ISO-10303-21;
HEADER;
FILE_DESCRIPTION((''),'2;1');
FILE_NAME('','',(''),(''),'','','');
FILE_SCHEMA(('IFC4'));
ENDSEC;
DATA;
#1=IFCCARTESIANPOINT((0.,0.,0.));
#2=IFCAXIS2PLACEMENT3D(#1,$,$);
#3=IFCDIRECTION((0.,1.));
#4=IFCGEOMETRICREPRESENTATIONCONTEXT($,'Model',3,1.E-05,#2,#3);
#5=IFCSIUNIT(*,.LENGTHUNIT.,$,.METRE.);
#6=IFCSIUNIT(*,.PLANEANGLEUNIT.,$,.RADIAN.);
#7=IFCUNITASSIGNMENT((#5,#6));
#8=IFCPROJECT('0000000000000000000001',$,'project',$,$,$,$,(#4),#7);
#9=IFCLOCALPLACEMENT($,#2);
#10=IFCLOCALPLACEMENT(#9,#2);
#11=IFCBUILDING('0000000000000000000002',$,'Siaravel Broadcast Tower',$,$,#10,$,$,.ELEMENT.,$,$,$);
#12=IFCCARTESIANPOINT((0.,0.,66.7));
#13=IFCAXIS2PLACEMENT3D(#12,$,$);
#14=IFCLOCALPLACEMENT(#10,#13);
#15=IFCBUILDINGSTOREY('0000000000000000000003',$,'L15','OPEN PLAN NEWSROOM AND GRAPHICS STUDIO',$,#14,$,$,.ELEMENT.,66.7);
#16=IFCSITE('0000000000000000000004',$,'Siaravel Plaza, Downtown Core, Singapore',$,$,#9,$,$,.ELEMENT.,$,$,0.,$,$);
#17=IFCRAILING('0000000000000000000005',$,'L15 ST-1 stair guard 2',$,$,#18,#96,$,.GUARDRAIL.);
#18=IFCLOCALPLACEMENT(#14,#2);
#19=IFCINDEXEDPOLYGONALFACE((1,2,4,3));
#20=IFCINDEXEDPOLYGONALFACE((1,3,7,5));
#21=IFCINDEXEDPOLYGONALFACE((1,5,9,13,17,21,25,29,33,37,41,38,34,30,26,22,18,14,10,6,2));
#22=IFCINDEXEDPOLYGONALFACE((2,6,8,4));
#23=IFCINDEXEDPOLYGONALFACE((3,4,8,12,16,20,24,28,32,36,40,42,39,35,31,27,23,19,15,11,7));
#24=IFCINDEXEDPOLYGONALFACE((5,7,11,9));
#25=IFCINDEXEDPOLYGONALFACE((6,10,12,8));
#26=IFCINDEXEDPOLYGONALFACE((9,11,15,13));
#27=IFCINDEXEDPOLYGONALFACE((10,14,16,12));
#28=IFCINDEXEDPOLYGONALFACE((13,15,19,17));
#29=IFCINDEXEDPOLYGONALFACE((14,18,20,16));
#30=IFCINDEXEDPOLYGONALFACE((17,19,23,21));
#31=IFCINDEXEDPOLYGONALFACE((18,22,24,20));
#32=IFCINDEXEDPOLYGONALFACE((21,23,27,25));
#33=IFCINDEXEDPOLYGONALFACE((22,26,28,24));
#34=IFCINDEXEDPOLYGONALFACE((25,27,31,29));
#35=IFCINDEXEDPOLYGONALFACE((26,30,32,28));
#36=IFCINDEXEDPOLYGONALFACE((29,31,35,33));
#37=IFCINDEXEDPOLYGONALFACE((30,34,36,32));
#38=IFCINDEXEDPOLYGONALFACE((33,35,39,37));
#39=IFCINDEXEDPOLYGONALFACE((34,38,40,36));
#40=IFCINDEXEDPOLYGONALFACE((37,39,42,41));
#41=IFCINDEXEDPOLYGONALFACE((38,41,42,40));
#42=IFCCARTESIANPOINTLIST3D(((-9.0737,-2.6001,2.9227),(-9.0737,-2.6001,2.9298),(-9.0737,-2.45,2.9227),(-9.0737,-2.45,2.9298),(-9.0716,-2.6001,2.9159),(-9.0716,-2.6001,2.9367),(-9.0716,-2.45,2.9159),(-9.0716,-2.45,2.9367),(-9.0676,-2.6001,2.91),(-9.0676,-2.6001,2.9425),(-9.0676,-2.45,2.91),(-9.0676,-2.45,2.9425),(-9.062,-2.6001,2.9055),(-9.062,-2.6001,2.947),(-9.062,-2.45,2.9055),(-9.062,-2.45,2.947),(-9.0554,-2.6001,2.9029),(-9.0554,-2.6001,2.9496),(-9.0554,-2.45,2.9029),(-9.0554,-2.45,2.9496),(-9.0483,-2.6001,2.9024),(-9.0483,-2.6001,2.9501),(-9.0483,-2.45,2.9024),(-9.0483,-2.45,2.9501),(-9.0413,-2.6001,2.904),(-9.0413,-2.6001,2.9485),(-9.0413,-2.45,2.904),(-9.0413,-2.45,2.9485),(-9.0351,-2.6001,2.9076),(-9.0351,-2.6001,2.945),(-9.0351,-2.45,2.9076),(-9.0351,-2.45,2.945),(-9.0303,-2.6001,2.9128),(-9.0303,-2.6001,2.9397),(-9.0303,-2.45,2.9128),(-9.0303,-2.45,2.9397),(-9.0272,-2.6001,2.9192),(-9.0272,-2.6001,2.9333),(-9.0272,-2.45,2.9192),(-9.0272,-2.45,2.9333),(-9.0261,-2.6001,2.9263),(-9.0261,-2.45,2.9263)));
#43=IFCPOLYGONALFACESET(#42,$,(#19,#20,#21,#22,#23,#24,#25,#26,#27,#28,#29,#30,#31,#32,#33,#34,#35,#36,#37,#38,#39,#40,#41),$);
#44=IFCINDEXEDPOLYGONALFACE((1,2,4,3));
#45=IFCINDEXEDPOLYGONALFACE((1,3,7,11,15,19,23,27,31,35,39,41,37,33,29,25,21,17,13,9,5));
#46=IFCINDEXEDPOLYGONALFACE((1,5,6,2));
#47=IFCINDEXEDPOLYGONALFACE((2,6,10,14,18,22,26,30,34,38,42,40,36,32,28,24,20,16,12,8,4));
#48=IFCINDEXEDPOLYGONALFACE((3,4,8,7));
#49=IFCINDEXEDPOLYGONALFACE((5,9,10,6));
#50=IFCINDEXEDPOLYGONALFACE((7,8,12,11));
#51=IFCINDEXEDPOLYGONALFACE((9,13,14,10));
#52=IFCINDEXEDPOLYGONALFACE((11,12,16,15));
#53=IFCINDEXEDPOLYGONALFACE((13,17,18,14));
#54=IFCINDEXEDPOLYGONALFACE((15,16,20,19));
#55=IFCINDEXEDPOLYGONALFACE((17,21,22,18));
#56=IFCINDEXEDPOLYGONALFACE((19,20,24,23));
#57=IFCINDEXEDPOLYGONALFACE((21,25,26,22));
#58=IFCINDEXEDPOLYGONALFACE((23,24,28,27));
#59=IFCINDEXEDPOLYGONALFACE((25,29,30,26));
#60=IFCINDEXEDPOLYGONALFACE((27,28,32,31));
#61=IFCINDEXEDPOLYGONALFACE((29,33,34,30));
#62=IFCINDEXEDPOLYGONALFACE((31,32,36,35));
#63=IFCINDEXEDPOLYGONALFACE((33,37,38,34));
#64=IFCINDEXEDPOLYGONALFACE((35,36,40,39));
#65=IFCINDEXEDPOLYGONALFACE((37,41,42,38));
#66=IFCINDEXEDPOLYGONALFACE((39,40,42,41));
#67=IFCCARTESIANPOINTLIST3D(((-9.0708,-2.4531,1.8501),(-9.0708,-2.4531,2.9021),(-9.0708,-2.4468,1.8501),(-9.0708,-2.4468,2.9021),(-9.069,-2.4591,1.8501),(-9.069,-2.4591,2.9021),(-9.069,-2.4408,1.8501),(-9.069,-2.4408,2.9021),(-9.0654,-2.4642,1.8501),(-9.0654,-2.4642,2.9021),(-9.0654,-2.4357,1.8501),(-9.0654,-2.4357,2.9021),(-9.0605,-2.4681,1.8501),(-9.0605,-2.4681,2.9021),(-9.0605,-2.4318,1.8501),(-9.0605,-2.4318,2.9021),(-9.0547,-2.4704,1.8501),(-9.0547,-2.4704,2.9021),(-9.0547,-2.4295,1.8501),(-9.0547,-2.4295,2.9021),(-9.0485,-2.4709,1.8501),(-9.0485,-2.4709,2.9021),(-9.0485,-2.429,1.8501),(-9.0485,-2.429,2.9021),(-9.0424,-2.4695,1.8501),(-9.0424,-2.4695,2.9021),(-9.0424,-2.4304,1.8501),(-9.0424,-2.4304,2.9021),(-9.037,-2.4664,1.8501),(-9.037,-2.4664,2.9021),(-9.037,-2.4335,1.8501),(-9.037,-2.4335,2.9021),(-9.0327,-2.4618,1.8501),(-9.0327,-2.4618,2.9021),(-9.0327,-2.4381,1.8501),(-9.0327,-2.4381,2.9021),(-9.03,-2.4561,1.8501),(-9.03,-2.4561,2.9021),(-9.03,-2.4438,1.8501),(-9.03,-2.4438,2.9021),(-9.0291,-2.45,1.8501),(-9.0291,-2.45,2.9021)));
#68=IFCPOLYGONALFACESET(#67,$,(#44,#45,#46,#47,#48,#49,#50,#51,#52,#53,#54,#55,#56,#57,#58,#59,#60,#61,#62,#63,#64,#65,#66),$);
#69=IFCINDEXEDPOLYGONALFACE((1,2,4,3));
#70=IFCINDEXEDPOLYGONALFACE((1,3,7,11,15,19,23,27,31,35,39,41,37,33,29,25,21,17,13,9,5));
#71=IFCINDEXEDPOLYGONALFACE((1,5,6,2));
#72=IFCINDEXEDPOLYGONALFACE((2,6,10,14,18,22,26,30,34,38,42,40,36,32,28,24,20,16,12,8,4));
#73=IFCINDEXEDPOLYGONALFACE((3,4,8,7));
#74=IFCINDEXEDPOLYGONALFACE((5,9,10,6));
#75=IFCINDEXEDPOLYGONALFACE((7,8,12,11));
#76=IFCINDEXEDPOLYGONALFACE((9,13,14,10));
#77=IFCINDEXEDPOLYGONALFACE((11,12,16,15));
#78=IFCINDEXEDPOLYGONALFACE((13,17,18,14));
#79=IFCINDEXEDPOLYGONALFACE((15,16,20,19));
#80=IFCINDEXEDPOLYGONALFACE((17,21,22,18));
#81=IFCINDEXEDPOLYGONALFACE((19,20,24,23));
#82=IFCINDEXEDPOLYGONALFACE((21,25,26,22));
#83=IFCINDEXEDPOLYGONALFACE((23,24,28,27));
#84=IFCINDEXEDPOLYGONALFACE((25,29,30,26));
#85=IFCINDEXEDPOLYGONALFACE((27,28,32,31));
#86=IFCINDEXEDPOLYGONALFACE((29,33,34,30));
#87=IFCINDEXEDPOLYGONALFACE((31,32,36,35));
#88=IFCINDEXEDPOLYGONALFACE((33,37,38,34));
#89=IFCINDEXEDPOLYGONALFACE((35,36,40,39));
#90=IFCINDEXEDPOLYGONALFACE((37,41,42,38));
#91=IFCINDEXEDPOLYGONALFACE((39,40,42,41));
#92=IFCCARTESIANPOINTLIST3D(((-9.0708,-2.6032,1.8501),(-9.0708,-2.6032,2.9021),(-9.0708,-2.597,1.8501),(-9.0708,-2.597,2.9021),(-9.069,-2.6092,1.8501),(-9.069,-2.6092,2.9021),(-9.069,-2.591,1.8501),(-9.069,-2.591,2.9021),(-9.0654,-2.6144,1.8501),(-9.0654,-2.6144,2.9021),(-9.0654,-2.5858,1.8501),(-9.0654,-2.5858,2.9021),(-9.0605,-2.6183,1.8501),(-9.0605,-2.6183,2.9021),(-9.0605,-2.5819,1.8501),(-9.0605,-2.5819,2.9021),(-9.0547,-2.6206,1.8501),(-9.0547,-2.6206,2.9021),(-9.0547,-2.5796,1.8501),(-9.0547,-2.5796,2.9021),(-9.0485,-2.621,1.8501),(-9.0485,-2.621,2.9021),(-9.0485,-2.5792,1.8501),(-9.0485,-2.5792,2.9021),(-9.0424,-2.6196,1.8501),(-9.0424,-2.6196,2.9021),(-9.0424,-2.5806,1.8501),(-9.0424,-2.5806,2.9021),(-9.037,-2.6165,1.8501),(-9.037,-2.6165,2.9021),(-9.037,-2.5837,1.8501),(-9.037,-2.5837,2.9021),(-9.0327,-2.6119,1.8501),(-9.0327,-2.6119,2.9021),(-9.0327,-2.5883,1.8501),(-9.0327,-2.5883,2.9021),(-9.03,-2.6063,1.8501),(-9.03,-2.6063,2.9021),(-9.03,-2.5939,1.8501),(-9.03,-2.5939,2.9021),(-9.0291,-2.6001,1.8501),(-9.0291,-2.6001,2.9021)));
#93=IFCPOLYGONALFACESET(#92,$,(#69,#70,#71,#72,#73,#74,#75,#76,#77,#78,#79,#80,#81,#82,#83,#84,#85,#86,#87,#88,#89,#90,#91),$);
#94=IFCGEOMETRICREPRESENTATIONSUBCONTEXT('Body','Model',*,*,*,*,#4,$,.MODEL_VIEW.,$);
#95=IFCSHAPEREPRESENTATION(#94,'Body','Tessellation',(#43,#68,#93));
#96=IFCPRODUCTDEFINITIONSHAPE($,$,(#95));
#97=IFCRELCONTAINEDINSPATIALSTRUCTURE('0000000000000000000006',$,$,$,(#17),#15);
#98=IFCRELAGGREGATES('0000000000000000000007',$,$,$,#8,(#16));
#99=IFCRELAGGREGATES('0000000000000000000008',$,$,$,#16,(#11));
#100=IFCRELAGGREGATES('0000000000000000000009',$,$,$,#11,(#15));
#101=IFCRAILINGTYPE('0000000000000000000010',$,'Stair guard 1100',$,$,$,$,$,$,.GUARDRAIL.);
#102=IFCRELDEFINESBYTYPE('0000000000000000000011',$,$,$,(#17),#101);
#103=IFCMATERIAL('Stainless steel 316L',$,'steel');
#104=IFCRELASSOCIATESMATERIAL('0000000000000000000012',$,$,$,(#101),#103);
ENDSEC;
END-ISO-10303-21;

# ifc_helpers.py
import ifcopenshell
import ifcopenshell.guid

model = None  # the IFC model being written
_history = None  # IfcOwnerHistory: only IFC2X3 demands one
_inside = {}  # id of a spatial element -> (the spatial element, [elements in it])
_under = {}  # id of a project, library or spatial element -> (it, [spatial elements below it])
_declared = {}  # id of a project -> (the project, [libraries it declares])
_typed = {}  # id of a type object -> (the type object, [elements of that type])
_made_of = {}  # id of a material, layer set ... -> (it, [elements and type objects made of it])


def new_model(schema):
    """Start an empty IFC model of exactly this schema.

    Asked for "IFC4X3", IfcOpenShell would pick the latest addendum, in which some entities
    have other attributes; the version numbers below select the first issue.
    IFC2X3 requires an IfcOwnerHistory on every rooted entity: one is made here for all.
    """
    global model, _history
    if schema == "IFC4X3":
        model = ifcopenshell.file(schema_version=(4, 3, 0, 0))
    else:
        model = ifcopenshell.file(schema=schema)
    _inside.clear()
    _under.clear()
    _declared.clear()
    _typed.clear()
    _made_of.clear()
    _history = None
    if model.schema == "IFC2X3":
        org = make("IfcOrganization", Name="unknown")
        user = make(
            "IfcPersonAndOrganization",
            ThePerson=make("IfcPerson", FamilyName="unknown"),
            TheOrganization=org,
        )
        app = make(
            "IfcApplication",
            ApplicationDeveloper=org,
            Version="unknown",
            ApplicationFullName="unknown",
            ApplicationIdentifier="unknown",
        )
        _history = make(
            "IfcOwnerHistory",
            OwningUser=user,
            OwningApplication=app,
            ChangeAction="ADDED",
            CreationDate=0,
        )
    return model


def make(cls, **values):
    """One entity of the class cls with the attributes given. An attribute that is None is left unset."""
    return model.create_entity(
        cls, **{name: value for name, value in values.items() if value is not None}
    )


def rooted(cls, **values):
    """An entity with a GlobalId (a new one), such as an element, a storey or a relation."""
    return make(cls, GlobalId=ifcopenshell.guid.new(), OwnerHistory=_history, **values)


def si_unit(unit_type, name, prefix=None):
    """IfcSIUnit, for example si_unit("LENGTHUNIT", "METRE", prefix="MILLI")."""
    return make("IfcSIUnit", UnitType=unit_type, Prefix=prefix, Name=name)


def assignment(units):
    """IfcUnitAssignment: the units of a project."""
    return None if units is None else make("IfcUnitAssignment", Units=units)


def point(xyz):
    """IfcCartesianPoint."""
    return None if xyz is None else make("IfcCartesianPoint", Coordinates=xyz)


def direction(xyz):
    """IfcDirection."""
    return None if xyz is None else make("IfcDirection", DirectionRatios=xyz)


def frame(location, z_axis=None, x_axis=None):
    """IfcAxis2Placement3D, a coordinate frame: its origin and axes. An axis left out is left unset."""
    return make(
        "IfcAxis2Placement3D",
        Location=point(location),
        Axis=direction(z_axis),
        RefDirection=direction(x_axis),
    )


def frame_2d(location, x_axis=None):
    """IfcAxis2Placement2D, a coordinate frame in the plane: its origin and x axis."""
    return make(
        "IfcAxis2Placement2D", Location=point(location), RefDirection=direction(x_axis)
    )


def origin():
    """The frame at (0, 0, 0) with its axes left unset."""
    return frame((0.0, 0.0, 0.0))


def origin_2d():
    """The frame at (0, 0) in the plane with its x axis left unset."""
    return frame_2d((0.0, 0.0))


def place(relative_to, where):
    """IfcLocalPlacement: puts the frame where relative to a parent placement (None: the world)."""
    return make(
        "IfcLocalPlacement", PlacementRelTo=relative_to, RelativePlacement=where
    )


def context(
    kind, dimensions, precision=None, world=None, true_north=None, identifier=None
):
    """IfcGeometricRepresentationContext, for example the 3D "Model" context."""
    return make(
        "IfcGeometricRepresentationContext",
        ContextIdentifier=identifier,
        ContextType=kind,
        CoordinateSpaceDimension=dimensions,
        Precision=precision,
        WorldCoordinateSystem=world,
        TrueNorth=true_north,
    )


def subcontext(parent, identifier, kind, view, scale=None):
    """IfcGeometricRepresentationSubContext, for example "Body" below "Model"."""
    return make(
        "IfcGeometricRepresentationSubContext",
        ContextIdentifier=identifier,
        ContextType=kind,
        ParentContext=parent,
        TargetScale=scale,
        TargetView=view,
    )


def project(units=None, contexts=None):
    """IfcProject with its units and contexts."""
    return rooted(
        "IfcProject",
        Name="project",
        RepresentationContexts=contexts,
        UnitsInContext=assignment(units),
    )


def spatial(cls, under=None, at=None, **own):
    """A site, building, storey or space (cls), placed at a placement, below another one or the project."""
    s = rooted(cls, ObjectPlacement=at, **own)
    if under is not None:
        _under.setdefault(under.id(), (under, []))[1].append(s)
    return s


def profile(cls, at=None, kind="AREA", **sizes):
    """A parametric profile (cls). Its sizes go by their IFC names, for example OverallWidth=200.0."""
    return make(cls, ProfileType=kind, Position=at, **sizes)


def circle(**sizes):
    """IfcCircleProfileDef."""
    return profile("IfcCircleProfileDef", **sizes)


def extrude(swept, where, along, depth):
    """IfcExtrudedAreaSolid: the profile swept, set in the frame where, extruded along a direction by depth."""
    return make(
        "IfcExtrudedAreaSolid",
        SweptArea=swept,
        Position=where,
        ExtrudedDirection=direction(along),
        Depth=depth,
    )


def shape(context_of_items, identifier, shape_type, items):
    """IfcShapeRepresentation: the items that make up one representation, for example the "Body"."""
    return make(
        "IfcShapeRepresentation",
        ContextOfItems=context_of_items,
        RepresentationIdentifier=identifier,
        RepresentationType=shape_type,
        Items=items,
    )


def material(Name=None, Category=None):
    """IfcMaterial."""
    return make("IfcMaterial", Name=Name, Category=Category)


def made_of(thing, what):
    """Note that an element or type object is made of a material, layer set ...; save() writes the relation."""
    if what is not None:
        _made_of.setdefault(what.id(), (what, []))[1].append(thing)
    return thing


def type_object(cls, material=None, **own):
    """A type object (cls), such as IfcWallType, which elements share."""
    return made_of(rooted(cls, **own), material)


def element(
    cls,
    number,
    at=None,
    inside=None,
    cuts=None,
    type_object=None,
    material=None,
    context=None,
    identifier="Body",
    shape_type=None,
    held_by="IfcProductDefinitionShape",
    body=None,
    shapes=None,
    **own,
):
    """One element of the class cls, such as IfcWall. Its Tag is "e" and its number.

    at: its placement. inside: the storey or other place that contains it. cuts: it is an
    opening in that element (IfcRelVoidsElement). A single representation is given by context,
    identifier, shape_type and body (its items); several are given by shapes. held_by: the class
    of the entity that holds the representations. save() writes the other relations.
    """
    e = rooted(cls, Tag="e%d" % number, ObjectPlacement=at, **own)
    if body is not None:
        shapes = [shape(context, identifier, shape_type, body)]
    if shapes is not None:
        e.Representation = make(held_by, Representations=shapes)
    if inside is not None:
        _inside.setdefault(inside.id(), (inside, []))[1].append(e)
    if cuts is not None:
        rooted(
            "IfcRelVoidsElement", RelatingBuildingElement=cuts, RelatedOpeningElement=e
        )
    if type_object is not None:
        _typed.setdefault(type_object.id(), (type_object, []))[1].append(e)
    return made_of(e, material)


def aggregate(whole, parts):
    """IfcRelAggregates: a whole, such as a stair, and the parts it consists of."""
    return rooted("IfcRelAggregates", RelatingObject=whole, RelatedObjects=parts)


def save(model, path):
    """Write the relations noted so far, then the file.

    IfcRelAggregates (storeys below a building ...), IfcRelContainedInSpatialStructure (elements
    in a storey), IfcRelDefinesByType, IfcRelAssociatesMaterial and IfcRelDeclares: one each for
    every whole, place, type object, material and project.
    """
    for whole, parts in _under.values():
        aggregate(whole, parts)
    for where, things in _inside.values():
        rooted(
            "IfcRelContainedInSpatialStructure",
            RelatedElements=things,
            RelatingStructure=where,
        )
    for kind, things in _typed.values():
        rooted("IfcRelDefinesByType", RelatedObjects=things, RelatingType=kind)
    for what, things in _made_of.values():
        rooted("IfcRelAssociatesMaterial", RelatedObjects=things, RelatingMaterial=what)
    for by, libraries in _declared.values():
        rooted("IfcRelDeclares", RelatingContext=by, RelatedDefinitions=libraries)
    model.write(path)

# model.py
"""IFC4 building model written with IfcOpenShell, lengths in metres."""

from ifc_helpers import new_model, si_unit, direction, frame, origin, origin_2d, place, context, subcontext, project, spatial, circle, extrude, material, type_object, element, save


model = new_model("IFC4")

# Units and contexts
model_context = context("Model", 3, precision=1e-05, world=origin(), true_north=direction((0.0, 1.0)))
body_context = subcontext(model_context, "Body", "Model", "MODEL_VIEW")
ifc_project = project(units=[si_unit("LENGTHUNIT", "METRE"), si_unit("PLANEANGLEUNIT", "RADIAN")], contexts=[model_context])

# Site, building, storey
site_placement = place(None, origin())
site = spatial("IfcSite", under=ifc_project, at=site_placement, Name="Siaravel Plaza, Downtown Core, Singapore", CompositionType="ELEMENT", RefElevation=0.0)
building_placement = place(site_placement, origin())
building = spatial("IfcBuilding", under=site, at=building_placement, Name="Siaravel Broadcast Tower", CompositionType="ELEMENT")
storey_placement = place(building_placement, frame((0.0, 0.0, 66.7)))
storey = spatial("IfcBuildingStorey", under=building, at=storey_placement, Name="L15", Description="OPEN PLAN NEWSROOM AND GRAPHICS STUDIO", CompositionType="ELEMENT", Elevation=66.7)

# Railing
ifc_material_1 = material(Name="Stainless steel 316L", Category="steel")
railing_type_1 = type_object("IfcRailingType", Name="Stair guard 1100", PredefinedType="GUARDRAIL", material=ifc_material_1)
railing_1_placement = place(storey_placement, frame((-9.05, -2.45, 1.8501)))
element("IfcRailing", 1, at=railing_1_placement, inside=storey, type_object=railing_type_1, Name="L15 ST-1 stair guard 2", PredefinedType="GUARDRAIL", context=body_context, shape_type="SweptSolid", body=[
    extrude(circle(Radius=0.0239, at=origin_2d()), frame((0.0, 0.0, 1.0762), z_axis=(0.0, -1.0, 0.0), x_axis=(1.0, 0.0, 0.0)), (0.0, 0.0, 1.0), 0.1501),
    extrude(circle(Radius=0.021, at=origin_2d()), origin(), (0.0, 0.0, 1.0), 1.052),
    extrude(circle(Radius=0.021, at=origin_2d()), frame((0.0, -0.1501, 0.0)), (0.0, 0.0, 1.0), 1.052),
])

save(model, "model.ifc")
